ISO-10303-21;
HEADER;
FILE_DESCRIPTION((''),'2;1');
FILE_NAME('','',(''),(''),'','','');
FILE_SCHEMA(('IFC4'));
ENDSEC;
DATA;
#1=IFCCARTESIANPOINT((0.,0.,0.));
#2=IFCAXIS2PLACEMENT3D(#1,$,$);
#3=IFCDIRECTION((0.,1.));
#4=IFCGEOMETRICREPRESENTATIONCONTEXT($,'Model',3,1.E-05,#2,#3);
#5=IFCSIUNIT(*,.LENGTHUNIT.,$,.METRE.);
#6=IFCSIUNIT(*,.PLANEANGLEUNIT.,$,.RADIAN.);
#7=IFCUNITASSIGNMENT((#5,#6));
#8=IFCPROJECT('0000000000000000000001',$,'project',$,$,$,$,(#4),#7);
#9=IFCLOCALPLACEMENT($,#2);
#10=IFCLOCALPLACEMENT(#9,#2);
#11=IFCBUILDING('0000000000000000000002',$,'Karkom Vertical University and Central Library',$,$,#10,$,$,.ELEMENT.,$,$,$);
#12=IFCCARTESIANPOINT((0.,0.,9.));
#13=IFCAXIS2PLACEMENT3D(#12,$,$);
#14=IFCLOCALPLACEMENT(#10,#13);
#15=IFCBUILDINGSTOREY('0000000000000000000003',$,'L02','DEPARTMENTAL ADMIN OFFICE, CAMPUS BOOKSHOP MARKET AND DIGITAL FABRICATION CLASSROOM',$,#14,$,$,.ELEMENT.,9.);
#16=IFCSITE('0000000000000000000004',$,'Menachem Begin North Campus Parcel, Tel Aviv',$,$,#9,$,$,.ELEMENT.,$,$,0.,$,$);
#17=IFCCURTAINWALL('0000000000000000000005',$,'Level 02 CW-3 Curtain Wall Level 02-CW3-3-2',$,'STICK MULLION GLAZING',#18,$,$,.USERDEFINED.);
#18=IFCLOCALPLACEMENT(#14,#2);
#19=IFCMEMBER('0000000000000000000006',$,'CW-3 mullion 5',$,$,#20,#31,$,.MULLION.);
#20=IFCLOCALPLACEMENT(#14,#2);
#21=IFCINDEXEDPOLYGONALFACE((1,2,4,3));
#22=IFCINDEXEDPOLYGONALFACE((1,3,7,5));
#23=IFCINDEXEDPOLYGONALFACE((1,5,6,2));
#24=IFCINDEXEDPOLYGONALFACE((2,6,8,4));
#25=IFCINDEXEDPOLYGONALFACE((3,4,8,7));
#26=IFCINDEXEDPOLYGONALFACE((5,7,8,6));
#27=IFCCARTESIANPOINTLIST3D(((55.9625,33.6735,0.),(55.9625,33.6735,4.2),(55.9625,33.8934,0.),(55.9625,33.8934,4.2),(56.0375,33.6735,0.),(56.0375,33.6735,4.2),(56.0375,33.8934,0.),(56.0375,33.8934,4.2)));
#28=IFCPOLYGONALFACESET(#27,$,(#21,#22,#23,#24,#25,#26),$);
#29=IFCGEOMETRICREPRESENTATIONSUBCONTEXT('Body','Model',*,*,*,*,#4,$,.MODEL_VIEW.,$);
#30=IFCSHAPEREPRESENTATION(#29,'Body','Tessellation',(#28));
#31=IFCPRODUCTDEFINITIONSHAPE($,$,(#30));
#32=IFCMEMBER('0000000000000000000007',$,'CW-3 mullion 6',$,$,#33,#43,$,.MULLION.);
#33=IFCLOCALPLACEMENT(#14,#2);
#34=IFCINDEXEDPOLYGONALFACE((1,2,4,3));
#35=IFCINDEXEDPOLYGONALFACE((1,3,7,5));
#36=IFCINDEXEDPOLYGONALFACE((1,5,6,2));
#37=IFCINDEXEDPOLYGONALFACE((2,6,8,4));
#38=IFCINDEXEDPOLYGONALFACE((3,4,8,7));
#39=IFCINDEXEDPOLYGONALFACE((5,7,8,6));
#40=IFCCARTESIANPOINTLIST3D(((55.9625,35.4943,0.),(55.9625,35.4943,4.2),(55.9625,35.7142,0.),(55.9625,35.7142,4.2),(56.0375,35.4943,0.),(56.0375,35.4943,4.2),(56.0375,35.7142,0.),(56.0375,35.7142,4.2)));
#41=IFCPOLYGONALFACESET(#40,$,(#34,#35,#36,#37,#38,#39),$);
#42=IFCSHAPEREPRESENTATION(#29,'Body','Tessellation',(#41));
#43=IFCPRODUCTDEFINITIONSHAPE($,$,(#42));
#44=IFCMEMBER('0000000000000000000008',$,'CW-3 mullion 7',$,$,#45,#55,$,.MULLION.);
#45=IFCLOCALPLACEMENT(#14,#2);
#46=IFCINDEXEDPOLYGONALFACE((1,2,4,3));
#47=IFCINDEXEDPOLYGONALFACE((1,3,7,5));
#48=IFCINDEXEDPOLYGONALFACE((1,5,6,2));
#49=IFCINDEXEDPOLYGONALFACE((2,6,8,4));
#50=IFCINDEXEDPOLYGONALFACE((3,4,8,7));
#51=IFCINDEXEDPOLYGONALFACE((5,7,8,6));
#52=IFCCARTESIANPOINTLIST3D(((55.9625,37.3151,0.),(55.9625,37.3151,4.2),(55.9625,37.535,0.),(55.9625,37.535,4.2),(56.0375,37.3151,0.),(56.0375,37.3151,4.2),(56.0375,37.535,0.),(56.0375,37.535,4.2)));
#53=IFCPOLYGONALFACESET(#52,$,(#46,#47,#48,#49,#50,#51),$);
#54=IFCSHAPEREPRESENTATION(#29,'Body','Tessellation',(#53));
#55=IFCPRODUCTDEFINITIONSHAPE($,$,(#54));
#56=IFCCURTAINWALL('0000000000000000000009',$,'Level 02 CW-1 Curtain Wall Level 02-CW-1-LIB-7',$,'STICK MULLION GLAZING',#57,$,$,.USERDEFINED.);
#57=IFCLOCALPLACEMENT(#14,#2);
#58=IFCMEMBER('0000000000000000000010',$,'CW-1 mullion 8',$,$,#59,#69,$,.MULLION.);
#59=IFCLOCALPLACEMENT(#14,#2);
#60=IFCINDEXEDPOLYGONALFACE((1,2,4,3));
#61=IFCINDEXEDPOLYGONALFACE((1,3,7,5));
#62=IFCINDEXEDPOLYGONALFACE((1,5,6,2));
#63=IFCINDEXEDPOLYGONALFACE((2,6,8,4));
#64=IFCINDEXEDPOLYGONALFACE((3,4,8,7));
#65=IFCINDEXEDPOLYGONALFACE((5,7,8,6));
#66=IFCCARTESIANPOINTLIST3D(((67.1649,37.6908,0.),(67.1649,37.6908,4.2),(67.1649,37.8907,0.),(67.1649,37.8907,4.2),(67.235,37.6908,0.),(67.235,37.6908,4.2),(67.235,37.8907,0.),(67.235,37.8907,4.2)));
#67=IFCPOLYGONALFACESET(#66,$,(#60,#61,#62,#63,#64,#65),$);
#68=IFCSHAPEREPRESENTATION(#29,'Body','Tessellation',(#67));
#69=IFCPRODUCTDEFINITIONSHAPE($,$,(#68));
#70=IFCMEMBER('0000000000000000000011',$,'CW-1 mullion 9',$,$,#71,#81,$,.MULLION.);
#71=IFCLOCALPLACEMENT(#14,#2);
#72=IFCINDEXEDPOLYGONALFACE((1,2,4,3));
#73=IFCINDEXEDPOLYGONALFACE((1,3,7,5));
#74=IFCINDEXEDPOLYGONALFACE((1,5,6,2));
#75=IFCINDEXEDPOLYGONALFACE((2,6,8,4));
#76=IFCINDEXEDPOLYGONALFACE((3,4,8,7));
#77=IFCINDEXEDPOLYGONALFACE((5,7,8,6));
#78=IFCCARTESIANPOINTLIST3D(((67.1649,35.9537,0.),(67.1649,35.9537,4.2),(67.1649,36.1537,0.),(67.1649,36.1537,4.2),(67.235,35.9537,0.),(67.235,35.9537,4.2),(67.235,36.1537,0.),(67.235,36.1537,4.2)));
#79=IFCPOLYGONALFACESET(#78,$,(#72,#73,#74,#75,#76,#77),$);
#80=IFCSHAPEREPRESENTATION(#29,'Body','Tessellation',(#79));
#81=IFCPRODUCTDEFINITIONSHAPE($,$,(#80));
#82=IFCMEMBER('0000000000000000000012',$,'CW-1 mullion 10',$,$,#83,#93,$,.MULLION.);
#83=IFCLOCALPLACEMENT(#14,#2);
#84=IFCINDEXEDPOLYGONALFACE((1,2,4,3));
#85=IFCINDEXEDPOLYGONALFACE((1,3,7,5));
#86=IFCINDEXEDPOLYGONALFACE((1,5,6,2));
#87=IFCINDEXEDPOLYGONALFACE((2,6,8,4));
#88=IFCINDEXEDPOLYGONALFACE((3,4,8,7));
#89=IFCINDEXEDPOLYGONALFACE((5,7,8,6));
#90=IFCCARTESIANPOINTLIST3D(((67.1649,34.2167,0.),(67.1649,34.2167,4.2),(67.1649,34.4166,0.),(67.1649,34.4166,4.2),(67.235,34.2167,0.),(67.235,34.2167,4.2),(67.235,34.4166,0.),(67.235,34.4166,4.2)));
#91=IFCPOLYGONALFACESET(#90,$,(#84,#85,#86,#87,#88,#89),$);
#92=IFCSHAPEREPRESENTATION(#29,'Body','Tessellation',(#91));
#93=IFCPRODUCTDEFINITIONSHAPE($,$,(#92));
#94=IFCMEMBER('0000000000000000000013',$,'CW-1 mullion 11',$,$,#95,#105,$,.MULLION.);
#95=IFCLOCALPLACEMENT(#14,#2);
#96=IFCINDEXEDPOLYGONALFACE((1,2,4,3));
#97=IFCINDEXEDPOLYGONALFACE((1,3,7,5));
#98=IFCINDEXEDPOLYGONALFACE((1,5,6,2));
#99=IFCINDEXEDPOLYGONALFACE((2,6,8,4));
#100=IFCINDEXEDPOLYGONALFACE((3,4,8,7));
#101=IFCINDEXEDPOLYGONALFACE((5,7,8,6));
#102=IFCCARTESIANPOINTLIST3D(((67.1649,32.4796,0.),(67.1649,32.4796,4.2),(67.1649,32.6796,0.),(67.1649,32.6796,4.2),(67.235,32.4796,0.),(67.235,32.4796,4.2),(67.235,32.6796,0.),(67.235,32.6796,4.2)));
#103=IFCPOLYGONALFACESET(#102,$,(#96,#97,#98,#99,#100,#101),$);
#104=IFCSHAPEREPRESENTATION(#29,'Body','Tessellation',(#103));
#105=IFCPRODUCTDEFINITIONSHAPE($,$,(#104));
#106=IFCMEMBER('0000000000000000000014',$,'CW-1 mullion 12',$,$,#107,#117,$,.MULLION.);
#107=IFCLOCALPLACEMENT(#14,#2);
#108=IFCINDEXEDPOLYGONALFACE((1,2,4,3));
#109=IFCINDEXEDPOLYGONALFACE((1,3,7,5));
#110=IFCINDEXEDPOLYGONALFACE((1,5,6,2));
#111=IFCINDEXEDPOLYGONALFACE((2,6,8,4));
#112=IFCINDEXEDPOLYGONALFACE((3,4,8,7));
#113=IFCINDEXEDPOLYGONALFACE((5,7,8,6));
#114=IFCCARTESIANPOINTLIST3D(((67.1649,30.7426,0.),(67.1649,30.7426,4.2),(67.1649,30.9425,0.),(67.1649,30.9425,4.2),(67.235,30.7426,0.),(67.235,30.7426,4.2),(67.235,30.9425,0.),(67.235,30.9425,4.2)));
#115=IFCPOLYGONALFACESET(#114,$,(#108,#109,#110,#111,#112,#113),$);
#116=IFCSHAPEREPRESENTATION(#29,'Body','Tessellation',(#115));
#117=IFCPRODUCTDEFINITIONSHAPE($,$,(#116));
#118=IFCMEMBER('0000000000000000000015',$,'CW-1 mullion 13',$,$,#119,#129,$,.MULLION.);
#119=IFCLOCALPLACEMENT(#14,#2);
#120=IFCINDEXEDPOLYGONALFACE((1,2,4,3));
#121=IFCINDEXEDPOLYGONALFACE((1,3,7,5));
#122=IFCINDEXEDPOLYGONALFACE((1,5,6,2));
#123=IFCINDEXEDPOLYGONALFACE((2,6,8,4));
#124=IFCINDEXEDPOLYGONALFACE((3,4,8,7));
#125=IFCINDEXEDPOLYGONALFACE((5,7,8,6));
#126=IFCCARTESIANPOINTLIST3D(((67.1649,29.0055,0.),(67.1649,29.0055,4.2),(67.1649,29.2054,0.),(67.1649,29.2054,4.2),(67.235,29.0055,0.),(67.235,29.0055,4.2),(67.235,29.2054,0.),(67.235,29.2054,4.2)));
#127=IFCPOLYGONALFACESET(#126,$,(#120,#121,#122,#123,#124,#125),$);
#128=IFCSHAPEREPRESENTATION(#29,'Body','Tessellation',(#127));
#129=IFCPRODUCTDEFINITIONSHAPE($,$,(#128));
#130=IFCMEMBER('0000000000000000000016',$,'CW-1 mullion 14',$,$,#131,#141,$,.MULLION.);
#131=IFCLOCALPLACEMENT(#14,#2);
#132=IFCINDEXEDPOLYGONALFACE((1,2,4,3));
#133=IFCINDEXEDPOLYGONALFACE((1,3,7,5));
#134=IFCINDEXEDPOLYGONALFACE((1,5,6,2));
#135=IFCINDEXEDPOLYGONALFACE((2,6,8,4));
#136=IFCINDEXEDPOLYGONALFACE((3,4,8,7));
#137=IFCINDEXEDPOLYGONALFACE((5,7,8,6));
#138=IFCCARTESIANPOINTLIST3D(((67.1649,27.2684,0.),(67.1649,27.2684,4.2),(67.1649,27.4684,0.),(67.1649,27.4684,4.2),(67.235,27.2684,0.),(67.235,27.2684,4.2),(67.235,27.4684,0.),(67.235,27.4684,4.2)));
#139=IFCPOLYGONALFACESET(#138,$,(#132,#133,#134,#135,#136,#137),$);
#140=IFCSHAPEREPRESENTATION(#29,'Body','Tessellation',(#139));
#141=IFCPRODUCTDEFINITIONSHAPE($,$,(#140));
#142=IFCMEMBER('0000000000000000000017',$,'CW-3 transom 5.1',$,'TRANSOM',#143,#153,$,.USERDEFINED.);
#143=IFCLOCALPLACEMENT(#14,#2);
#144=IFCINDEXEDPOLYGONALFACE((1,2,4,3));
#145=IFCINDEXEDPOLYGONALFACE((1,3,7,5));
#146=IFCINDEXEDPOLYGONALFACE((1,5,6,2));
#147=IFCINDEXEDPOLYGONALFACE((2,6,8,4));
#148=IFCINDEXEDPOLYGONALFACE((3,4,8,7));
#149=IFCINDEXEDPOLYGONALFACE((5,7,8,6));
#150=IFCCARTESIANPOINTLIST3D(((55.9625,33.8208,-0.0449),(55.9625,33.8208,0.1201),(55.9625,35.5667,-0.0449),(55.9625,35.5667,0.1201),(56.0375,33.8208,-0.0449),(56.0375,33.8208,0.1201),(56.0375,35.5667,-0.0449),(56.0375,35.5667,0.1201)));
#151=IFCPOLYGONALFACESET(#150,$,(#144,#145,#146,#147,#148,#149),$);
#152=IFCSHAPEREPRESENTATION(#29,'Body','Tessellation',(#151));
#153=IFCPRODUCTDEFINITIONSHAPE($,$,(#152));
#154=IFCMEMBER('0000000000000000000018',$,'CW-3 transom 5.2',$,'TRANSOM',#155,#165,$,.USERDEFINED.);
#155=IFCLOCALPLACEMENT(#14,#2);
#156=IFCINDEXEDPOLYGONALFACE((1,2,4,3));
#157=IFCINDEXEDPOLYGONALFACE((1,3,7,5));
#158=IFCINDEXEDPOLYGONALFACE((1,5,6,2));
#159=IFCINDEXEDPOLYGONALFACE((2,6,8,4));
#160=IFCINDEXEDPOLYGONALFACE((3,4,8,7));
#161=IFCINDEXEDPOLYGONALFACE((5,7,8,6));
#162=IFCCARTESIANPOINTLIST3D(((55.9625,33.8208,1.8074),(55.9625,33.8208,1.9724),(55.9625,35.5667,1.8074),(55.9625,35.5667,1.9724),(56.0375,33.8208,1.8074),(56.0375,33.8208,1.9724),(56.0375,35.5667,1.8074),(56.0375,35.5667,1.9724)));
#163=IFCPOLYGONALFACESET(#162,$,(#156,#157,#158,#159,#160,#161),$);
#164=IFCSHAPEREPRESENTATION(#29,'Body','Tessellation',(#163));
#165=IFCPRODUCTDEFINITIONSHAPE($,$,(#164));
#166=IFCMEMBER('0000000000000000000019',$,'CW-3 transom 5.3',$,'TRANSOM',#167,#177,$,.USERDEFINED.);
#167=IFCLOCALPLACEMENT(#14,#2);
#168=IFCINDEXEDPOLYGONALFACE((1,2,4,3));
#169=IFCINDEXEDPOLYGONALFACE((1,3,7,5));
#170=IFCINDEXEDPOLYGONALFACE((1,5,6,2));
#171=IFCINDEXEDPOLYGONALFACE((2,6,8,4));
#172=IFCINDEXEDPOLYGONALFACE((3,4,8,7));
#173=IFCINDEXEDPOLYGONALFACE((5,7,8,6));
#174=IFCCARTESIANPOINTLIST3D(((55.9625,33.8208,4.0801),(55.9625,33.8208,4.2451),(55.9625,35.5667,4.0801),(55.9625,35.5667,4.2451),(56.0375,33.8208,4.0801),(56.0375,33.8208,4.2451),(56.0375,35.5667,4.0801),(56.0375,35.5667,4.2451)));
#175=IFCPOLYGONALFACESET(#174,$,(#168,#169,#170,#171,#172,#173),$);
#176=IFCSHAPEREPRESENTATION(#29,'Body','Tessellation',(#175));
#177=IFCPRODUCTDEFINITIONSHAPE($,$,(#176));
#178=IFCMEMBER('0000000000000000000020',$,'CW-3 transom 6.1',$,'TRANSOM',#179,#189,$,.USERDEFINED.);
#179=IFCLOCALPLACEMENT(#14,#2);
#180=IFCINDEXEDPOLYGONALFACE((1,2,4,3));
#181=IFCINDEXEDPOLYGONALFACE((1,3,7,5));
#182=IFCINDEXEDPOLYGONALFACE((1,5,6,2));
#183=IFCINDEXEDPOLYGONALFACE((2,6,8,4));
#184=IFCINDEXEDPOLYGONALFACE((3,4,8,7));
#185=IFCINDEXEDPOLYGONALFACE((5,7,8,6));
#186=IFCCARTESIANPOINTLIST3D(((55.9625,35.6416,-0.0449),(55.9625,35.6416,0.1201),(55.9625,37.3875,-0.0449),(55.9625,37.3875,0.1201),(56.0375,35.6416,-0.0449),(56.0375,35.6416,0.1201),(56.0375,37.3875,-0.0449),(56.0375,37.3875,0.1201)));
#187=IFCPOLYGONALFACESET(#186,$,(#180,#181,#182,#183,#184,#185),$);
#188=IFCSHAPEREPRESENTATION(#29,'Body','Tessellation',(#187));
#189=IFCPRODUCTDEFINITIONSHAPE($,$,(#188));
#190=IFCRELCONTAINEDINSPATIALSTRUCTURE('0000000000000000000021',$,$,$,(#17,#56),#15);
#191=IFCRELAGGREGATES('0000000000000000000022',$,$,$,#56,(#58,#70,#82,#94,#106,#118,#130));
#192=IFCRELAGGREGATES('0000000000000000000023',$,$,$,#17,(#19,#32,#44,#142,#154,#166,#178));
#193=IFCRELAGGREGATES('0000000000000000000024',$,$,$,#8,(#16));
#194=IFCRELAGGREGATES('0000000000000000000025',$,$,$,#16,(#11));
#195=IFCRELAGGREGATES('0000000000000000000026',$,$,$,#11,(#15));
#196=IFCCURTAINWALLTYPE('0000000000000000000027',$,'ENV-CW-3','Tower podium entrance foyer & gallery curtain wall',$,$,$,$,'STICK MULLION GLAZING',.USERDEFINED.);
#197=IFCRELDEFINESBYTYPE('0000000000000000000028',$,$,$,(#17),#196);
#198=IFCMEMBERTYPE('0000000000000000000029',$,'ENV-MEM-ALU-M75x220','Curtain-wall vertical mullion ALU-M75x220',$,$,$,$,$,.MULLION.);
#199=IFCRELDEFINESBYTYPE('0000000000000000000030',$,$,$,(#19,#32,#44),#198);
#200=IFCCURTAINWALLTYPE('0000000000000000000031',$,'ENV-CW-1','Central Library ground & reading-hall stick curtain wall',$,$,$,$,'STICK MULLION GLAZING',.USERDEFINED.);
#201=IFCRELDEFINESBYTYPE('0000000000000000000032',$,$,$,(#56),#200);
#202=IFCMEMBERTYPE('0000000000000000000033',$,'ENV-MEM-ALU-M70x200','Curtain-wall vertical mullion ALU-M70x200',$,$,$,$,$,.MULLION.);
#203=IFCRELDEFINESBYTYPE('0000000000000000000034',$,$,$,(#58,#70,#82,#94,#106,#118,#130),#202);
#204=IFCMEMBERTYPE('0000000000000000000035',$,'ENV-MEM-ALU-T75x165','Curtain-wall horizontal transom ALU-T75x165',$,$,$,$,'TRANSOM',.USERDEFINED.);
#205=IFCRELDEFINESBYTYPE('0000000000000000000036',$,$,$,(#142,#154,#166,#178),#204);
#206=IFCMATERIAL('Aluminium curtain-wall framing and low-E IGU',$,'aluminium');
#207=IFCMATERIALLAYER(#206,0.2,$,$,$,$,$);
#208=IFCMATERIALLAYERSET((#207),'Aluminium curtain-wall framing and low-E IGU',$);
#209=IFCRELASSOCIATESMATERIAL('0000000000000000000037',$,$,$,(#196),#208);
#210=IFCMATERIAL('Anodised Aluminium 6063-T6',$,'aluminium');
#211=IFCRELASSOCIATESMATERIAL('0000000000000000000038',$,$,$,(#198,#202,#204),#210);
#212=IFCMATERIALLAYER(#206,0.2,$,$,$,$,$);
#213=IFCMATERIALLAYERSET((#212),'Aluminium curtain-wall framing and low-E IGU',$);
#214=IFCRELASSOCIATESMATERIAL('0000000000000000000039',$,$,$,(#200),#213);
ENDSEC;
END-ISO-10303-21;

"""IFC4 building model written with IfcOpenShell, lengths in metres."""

from ifc_helpers import new_model, si_unit, direction, frame, origin, origin_with_axes, origin_2d, place, context, subcontext, project, spatial, rectangle, extrude, source, transform, mapped, material, layer, layer_set, material_profile, profile_set, type_object, element, aggregate, save


model = new_model("IFC4")

# Units and contexts
model_context = context("Model", 3, precision=1e-05, world=origin(), true_north=direction((0.0, 1.0)))
body_context = subcontext(model_context, "Body", "Model", "MODEL_VIEW")
ifc_project = project(units=[si_unit("LENGTHUNIT", "METRE"), si_unit("PLANEANGLEUNIT", "RADIAN")], contexts=[model_context])

# Site, building, storey
site_placement = place(None, origin())
site = spatial("IfcSite", under=ifc_project, at=site_placement, Name="Menachem Begin North Campus Parcel, Tel Aviv", CompositionType="ELEMENT", RefElevation=0.0)
building_placement = place(site_placement, origin())
building = spatial("IfcBuilding", under=site, at=building_placement, Name="Karkom Vertical University and Central Library", CompositionType="ELEMENT")
storey_placement = place(building_placement, frame((0.0, 0.0, 9.0)))
storey = spatial("IfcBuildingStorey", under=building, at=storey_placement, Name="L02", Description="DEPARTMENTAL ADMIN OFFICE, CAMPUS BOOKSHOP MARKET AND DIGITAL FABRICATION CLASSROOM", CompositionType="ELEMENT", Elevation=9.0)

# Curtain walls, members
ifc_material_1 = material(Name="Aluminium curtain-wall framing and low-E IGU", Category="aluminium")
ifc_layer_1 = layer(ifc_material_1, 0.2)
ifc_layer_set_1 = layer_set([ifc_layer_1], Name="Aluminium curtain-wall framing and low-E IGU")
curtain_wall_type_1 = type_object("IfcCurtainWallType", Name="ENV-CW-3", Description="Tower podium entrance foyer & gallery curtain wall", ElementType="STICK MULLION GLAZING", PredefinedType="USERDEFINED", material=ifc_layer_set_1)
curtain_wall_1_placement = place(storey_placement, origin())
curtain_wall_1 = element("IfcCurtainWall", 1, at=curtain_wall_1_placement, inside=storey, type_object=curtain_wall_type_1, Name="Level 02 CW-3 Curtain Wall Level 02-CW3-3-2", ObjectType="STICK MULLION GLAZING", PredefinedType="USERDEFINED")
ifc_material_2 = material(Name="Anodised Aluminium 6063-T6", Category="aluminium")
ifc_material_profile_1 = material_profile(ifc_material_2, rectangle(XDim=0.075, YDim=0.22, at=origin_2d()), Name="ALU-M75x220")
ifc_profile_set_1 = profile_set([ifc_material_profile_1], Name="Anodised Aluminium 6063-T6")
member_type_1 = type_object("IfcMemberType", Name="ENV-MEM-ALU-M75x220", Description="Curtain-wall vertical mullion ALU-M75x220", PredefinedType="MULLION", material=ifc_profile_set_1)
shared_shape_1 = source(origin_with_axes(), body_context, "Body", "SweptSolid", [
    extrude(rectangle(XDim=0.075, YDim=0.22, at=origin_2d()), origin(), (0.0, 0.0, 1.0), 4.2),
])
member_1_placement = place(storey_placement, frame((56.0, 33.7834, 0.0), z_axis=(0.0, 0.0, 1.0), x_axis=(-1.0, 0.0, 0.0)))
member_1 = element("IfcMember", 2, at=member_1_placement, type_object=member_type_1, Name="CW-3 mullion 5", PredefinedType="MULLION", context=body_context, shape_type="MappedRepresentation", body=[
    mapped(shared_shape_1, transform((0.0, 0.0, 0.0), scale=1.0)),
])
member_2_placement = place(storey_placement, frame((56.0, 35.6042, 0.0), z_axis=(0.0, 0.0, 1.0), x_axis=(-1.0, 0.0, 0.0)))
member_2 = element("IfcMember", 3, at=member_2_placement, type_object=member_type_1, Name="CW-3 mullion 6", PredefinedType="MULLION", context=body_context, shape_type="MappedRepresentation", body=[
    mapped(shared_shape_1, transform((0.0, 0.0, 0.0), scale=1.0)),
])
member_3_placement = place(storey_placement, frame((56.0, 37.425, 0.0), z_axis=(0.0, 0.0, 1.0), x_axis=(-1.0, 0.0, 0.0)))
member_3 = element("IfcMember", 4, at=member_3_placement, type_object=member_type_1, Name="CW-3 mullion 7", PredefinedType="MULLION", context=body_context, shape_type="MappedRepresentation", body=[
    mapped(shared_shape_1, transform((0.0, 0.0, 0.0), scale=1.0)),
])
ifc_layer_2 = layer(ifc_material_1, 0.2)
ifc_layer_set_2 = layer_set([ifc_layer_2], Name="Aluminium curtain-wall framing and low-E IGU")
curtain_wall_type_2 = type_object("IfcCurtainWallType", Name="ENV-CW-1", Description="Central Library ground & reading-hall stick curtain wall", ElementType="STICK MULLION GLAZING", PredefinedType="USERDEFINED", material=ifc_layer_set_2)
curtain_wall_2_placement = place(storey_placement, origin())
curtain_wall_2 = element("IfcCurtainWall", 5, at=curtain_wall_2_placement, inside=storey, type_object=curtain_wall_type_2, Name="Level 02 CW-1 Curtain Wall Level 02-CW-1-LIB-7", ObjectType="STICK MULLION GLAZING", PredefinedType="USERDEFINED")
ifc_material_profile_2 = material_profile(ifc_material_2, rectangle(XDim=0.0701, YDim=0.2, at=origin_2d()), Name="ALU-M70x200")
ifc_profile_set_2 = profile_set([ifc_material_profile_2], Name="Anodised Aluminium 6063-T6")
member_type_2 = type_object("IfcMemberType", Name="ENV-MEM-ALU-M70x200", Description="Curtain-wall vertical mullion ALU-M70x200", PredefinedType="MULLION", material=ifc_profile_set_2)
shared_shape_2 = source(origin_with_axes(), body_context, "Body", "SweptSolid", [
    extrude(rectangle(XDim=0.0701, YDim=0.2, at=origin_2d()), origin(), (0.0, 0.0, 1.0), 4.2),
])
member_4_placement = place(storey_placement, frame((67.2, 37.7908, 0.0), z_axis=(0.0, 0.0, 1.0), x_axis=(1.0, 0.0, 0.0)))
member_4 = element("IfcMember", 6, at=member_4_placement, type_object=member_type_2, Name="CW-1 mullion 8", PredefinedType="MULLION", context=body_context, shape_type="MappedRepresentation", body=[
    mapped(shared_shape_2, transform((0.0, 0.0, 0.0), scale=1.0)),
])
member_5_placement = place(storey_placement, frame((67.2, 36.0537, 0.0), z_axis=(0.0, 0.0, 1.0), x_axis=(1.0, 0.0, 0.0)))
member_5 = element("IfcMember", 7, at=member_5_placement, type_object=member_type_2, Name="CW-1 mullion 9", PredefinedType="MULLION", context=body_context, shape_type="MappedRepresentation", body=[
    mapped(shared_shape_2, transform((0.0, 0.0, 0.0), scale=1.0)),
])
member_6_placement = place(storey_placement, frame((67.2, 34.3167, 0.0), z_axis=(0.0, 0.0, 1.0), x_axis=(1.0, 0.0, 0.0)))
member_6 = element("IfcMember", 8, at=member_6_placement, type_object=member_type_2, Name="CW-1 mullion 10", PredefinedType="MULLION", context=body_context, shape_type="MappedRepresentation", body=[
    mapped(shared_shape_2, transform((0.0, 0.0, 0.0), scale=1.0)),
])
member_7_placement = place(storey_placement, frame((67.2, 32.5796, 0.0), z_axis=(0.0, 0.0, 1.0), x_axis=(1.0, 0.0, 0.0)))
member_7 = element("IfcMember", 9, at=member_7_placement, type_object=member_type_2, Name="CW-1 mullion 11", PredefinedType="MULLION", context=body_context, shape_type="MappedRepresentation", body=[
    mapped(shared_shape_2, transform((0.0, 0.0, 0.0), scale=1.0)),
])
member_8_placement = place(storey_placement, frame((67.2, 30.8425, 0.0), z_axis=(0.0, 0.0, 1.0), x_axis=(1.0, 0.0, 0.0)))
member_8 = element("IfcMember", 10, at=member_8_placement, type_object=member_type_2, Name="CW-1 mullion 12", PredefinedType="MULLION", context=body_context, shape_type="MappedRepresentation", body=[
    mapped(shared_shape_2, transform((0.0, 0.0, 0.0), scale=1.0)),
])
member_9_placement = place(storey_placement, frame((67.2, 29.1055, 0.0), z_axis=(0.0, 0.0, 1.0), x_axis=(1.0, 0.0, 0.0)))
member_9 = element("IfcMember", 11, at=member_9_placement, type_object=member_type_2, Name="CW-1 mullion 13", PredefinedType="MULLION", context=body_context, shape_type="MappedRepresentation", body=[
    mapped(shared_shape_2, transform((0.0, 0.0, 0.0), scale=1.0)),
])
member_10_placement = place(storey_placement, frame((67.2, 27.3684, 0.0), z_axis=(0.0, 0.0, 1.0), x_axis=(1.0, 0.0, 0.0)))
member_10 = element("IfcMember", 12, at=member_10_placement, type_object=member_type_2, Name="CW-1 mullion 14", PredefinedType="MULLION", context=body_context, shape_type="MappedRepresentation", body=[
    mapped(shared_shape_2, transform((0.0, 0.0, 0.0), scale=1.0)),
])
aggregate(curtain_wall_2, [member_4, member_5, member_6, member_7, member_8, member_9, member_10])

# Members
ifc_material_profile_3 = material_profile(ifc_material_2, rectangle(XDim=0.075, YDim=0.165, at=origin_2d()), Name="ALU-T75x165")
ifc_profile_set_3 = profile_set([ifc_material_profile_3], Name="Anodised Aluminium 6063-T6")
member_type_3 = type_object("IfcMemberType", Name="ENV-MEM-ALU-T75x165", Description="Curtain-wall horizontal transom ALU-T75x165", ElementType="TRANSOM", PredefinedType="USERDEFINED", material=ifc_profile_set_3)
shared_shape_3 = source(origin_with_axes(), body_context, "Body", "SweptSolid", [
    extrude(rectangle(XDim=0.075, YDim=0.165, at=origin_2d()), origin(), (0.0, 0.0, 1.0), 1.7458),
])
member_11_placement = place(storey_placement, frame((56.0, 33.8208, 0.0376), z_axis=(0.0, 1.0, 0.0), x_axis=(-1.0, 0.0, 0.0)))
member_11 = element("IfcMember", 13, at=member_11_placement, type_object=member_type_3, Name="CW-3 transom 5.1", ObjectType="TRANSOM", PredefinedType="USERDEFINED", context=body_context, shape_type="MappedRepresentation", body=[
    mapped(shared_shape_3, transform((0.0, 0.0, 0.0), scale=1.0)),
])
member_12_placement = place(storey_placement, frame((56.0, 33.8208, 1.8899), z_axis=(0.0, 1.0, 0.0), x_axis=(-1.0, 0.0, 0.0)))
member_12 = element("IfcMember", 14, at=member_12_placement, type_object=member_type_3, Name="CW-3 transom 5.2", ObjectType="TRANSOM", PredefinedType="USERDEFINED", context=body_context, shape_type="MappedRepresentation", body=[
    mapped(shared_shape_3, transform((0.0, 0.0, 0.0), scale=1.0)),
])
member_13_placement = place(storey_placement, frame((56.0, 33.8208, 4.1626), z_axis=(0.0, 1.0, 0.0), x_axis=(-1.0, 0.0, 0.0)))
member_13 = element("IfcMember", 15, at=member_13_placement, type_object=member_type_3, Name="CW-3 transom 5.3", ObjectType="TRANSOM", PredefinedType="USERDEFINED", context=body_context, shape_type="MappedRepresentation", body=[
    mapped(shared_shape_3, transform((0.0, 0.0, 0.0), scale=1.0)),
])
member_14_placement = place(storey_placement, frame((56.0, 35.6416, 0.0376), z_axis=(0.0, 1.0, 0.0), x_axis=(-1.0, 0.0, 0.0)))
member_14 = element("IfcMember", 16, at=member_14_placement, type_object=member_type_3, Name="CW-3 transom 6.1", ObjectType="TRANSOM", PredefinedType="USERDEFINED", context=body_context, shape_type="MappedRepresentation", body=[
    mapped(shared_shape_3, transform((0.0, 0.0, 0.0), scale=1.0)),
])

aggregate(curtain_wall_1, [member_1, member_2, member_3, member_11, member_12, member_13, member_14])

save(model, "model.ifc")
